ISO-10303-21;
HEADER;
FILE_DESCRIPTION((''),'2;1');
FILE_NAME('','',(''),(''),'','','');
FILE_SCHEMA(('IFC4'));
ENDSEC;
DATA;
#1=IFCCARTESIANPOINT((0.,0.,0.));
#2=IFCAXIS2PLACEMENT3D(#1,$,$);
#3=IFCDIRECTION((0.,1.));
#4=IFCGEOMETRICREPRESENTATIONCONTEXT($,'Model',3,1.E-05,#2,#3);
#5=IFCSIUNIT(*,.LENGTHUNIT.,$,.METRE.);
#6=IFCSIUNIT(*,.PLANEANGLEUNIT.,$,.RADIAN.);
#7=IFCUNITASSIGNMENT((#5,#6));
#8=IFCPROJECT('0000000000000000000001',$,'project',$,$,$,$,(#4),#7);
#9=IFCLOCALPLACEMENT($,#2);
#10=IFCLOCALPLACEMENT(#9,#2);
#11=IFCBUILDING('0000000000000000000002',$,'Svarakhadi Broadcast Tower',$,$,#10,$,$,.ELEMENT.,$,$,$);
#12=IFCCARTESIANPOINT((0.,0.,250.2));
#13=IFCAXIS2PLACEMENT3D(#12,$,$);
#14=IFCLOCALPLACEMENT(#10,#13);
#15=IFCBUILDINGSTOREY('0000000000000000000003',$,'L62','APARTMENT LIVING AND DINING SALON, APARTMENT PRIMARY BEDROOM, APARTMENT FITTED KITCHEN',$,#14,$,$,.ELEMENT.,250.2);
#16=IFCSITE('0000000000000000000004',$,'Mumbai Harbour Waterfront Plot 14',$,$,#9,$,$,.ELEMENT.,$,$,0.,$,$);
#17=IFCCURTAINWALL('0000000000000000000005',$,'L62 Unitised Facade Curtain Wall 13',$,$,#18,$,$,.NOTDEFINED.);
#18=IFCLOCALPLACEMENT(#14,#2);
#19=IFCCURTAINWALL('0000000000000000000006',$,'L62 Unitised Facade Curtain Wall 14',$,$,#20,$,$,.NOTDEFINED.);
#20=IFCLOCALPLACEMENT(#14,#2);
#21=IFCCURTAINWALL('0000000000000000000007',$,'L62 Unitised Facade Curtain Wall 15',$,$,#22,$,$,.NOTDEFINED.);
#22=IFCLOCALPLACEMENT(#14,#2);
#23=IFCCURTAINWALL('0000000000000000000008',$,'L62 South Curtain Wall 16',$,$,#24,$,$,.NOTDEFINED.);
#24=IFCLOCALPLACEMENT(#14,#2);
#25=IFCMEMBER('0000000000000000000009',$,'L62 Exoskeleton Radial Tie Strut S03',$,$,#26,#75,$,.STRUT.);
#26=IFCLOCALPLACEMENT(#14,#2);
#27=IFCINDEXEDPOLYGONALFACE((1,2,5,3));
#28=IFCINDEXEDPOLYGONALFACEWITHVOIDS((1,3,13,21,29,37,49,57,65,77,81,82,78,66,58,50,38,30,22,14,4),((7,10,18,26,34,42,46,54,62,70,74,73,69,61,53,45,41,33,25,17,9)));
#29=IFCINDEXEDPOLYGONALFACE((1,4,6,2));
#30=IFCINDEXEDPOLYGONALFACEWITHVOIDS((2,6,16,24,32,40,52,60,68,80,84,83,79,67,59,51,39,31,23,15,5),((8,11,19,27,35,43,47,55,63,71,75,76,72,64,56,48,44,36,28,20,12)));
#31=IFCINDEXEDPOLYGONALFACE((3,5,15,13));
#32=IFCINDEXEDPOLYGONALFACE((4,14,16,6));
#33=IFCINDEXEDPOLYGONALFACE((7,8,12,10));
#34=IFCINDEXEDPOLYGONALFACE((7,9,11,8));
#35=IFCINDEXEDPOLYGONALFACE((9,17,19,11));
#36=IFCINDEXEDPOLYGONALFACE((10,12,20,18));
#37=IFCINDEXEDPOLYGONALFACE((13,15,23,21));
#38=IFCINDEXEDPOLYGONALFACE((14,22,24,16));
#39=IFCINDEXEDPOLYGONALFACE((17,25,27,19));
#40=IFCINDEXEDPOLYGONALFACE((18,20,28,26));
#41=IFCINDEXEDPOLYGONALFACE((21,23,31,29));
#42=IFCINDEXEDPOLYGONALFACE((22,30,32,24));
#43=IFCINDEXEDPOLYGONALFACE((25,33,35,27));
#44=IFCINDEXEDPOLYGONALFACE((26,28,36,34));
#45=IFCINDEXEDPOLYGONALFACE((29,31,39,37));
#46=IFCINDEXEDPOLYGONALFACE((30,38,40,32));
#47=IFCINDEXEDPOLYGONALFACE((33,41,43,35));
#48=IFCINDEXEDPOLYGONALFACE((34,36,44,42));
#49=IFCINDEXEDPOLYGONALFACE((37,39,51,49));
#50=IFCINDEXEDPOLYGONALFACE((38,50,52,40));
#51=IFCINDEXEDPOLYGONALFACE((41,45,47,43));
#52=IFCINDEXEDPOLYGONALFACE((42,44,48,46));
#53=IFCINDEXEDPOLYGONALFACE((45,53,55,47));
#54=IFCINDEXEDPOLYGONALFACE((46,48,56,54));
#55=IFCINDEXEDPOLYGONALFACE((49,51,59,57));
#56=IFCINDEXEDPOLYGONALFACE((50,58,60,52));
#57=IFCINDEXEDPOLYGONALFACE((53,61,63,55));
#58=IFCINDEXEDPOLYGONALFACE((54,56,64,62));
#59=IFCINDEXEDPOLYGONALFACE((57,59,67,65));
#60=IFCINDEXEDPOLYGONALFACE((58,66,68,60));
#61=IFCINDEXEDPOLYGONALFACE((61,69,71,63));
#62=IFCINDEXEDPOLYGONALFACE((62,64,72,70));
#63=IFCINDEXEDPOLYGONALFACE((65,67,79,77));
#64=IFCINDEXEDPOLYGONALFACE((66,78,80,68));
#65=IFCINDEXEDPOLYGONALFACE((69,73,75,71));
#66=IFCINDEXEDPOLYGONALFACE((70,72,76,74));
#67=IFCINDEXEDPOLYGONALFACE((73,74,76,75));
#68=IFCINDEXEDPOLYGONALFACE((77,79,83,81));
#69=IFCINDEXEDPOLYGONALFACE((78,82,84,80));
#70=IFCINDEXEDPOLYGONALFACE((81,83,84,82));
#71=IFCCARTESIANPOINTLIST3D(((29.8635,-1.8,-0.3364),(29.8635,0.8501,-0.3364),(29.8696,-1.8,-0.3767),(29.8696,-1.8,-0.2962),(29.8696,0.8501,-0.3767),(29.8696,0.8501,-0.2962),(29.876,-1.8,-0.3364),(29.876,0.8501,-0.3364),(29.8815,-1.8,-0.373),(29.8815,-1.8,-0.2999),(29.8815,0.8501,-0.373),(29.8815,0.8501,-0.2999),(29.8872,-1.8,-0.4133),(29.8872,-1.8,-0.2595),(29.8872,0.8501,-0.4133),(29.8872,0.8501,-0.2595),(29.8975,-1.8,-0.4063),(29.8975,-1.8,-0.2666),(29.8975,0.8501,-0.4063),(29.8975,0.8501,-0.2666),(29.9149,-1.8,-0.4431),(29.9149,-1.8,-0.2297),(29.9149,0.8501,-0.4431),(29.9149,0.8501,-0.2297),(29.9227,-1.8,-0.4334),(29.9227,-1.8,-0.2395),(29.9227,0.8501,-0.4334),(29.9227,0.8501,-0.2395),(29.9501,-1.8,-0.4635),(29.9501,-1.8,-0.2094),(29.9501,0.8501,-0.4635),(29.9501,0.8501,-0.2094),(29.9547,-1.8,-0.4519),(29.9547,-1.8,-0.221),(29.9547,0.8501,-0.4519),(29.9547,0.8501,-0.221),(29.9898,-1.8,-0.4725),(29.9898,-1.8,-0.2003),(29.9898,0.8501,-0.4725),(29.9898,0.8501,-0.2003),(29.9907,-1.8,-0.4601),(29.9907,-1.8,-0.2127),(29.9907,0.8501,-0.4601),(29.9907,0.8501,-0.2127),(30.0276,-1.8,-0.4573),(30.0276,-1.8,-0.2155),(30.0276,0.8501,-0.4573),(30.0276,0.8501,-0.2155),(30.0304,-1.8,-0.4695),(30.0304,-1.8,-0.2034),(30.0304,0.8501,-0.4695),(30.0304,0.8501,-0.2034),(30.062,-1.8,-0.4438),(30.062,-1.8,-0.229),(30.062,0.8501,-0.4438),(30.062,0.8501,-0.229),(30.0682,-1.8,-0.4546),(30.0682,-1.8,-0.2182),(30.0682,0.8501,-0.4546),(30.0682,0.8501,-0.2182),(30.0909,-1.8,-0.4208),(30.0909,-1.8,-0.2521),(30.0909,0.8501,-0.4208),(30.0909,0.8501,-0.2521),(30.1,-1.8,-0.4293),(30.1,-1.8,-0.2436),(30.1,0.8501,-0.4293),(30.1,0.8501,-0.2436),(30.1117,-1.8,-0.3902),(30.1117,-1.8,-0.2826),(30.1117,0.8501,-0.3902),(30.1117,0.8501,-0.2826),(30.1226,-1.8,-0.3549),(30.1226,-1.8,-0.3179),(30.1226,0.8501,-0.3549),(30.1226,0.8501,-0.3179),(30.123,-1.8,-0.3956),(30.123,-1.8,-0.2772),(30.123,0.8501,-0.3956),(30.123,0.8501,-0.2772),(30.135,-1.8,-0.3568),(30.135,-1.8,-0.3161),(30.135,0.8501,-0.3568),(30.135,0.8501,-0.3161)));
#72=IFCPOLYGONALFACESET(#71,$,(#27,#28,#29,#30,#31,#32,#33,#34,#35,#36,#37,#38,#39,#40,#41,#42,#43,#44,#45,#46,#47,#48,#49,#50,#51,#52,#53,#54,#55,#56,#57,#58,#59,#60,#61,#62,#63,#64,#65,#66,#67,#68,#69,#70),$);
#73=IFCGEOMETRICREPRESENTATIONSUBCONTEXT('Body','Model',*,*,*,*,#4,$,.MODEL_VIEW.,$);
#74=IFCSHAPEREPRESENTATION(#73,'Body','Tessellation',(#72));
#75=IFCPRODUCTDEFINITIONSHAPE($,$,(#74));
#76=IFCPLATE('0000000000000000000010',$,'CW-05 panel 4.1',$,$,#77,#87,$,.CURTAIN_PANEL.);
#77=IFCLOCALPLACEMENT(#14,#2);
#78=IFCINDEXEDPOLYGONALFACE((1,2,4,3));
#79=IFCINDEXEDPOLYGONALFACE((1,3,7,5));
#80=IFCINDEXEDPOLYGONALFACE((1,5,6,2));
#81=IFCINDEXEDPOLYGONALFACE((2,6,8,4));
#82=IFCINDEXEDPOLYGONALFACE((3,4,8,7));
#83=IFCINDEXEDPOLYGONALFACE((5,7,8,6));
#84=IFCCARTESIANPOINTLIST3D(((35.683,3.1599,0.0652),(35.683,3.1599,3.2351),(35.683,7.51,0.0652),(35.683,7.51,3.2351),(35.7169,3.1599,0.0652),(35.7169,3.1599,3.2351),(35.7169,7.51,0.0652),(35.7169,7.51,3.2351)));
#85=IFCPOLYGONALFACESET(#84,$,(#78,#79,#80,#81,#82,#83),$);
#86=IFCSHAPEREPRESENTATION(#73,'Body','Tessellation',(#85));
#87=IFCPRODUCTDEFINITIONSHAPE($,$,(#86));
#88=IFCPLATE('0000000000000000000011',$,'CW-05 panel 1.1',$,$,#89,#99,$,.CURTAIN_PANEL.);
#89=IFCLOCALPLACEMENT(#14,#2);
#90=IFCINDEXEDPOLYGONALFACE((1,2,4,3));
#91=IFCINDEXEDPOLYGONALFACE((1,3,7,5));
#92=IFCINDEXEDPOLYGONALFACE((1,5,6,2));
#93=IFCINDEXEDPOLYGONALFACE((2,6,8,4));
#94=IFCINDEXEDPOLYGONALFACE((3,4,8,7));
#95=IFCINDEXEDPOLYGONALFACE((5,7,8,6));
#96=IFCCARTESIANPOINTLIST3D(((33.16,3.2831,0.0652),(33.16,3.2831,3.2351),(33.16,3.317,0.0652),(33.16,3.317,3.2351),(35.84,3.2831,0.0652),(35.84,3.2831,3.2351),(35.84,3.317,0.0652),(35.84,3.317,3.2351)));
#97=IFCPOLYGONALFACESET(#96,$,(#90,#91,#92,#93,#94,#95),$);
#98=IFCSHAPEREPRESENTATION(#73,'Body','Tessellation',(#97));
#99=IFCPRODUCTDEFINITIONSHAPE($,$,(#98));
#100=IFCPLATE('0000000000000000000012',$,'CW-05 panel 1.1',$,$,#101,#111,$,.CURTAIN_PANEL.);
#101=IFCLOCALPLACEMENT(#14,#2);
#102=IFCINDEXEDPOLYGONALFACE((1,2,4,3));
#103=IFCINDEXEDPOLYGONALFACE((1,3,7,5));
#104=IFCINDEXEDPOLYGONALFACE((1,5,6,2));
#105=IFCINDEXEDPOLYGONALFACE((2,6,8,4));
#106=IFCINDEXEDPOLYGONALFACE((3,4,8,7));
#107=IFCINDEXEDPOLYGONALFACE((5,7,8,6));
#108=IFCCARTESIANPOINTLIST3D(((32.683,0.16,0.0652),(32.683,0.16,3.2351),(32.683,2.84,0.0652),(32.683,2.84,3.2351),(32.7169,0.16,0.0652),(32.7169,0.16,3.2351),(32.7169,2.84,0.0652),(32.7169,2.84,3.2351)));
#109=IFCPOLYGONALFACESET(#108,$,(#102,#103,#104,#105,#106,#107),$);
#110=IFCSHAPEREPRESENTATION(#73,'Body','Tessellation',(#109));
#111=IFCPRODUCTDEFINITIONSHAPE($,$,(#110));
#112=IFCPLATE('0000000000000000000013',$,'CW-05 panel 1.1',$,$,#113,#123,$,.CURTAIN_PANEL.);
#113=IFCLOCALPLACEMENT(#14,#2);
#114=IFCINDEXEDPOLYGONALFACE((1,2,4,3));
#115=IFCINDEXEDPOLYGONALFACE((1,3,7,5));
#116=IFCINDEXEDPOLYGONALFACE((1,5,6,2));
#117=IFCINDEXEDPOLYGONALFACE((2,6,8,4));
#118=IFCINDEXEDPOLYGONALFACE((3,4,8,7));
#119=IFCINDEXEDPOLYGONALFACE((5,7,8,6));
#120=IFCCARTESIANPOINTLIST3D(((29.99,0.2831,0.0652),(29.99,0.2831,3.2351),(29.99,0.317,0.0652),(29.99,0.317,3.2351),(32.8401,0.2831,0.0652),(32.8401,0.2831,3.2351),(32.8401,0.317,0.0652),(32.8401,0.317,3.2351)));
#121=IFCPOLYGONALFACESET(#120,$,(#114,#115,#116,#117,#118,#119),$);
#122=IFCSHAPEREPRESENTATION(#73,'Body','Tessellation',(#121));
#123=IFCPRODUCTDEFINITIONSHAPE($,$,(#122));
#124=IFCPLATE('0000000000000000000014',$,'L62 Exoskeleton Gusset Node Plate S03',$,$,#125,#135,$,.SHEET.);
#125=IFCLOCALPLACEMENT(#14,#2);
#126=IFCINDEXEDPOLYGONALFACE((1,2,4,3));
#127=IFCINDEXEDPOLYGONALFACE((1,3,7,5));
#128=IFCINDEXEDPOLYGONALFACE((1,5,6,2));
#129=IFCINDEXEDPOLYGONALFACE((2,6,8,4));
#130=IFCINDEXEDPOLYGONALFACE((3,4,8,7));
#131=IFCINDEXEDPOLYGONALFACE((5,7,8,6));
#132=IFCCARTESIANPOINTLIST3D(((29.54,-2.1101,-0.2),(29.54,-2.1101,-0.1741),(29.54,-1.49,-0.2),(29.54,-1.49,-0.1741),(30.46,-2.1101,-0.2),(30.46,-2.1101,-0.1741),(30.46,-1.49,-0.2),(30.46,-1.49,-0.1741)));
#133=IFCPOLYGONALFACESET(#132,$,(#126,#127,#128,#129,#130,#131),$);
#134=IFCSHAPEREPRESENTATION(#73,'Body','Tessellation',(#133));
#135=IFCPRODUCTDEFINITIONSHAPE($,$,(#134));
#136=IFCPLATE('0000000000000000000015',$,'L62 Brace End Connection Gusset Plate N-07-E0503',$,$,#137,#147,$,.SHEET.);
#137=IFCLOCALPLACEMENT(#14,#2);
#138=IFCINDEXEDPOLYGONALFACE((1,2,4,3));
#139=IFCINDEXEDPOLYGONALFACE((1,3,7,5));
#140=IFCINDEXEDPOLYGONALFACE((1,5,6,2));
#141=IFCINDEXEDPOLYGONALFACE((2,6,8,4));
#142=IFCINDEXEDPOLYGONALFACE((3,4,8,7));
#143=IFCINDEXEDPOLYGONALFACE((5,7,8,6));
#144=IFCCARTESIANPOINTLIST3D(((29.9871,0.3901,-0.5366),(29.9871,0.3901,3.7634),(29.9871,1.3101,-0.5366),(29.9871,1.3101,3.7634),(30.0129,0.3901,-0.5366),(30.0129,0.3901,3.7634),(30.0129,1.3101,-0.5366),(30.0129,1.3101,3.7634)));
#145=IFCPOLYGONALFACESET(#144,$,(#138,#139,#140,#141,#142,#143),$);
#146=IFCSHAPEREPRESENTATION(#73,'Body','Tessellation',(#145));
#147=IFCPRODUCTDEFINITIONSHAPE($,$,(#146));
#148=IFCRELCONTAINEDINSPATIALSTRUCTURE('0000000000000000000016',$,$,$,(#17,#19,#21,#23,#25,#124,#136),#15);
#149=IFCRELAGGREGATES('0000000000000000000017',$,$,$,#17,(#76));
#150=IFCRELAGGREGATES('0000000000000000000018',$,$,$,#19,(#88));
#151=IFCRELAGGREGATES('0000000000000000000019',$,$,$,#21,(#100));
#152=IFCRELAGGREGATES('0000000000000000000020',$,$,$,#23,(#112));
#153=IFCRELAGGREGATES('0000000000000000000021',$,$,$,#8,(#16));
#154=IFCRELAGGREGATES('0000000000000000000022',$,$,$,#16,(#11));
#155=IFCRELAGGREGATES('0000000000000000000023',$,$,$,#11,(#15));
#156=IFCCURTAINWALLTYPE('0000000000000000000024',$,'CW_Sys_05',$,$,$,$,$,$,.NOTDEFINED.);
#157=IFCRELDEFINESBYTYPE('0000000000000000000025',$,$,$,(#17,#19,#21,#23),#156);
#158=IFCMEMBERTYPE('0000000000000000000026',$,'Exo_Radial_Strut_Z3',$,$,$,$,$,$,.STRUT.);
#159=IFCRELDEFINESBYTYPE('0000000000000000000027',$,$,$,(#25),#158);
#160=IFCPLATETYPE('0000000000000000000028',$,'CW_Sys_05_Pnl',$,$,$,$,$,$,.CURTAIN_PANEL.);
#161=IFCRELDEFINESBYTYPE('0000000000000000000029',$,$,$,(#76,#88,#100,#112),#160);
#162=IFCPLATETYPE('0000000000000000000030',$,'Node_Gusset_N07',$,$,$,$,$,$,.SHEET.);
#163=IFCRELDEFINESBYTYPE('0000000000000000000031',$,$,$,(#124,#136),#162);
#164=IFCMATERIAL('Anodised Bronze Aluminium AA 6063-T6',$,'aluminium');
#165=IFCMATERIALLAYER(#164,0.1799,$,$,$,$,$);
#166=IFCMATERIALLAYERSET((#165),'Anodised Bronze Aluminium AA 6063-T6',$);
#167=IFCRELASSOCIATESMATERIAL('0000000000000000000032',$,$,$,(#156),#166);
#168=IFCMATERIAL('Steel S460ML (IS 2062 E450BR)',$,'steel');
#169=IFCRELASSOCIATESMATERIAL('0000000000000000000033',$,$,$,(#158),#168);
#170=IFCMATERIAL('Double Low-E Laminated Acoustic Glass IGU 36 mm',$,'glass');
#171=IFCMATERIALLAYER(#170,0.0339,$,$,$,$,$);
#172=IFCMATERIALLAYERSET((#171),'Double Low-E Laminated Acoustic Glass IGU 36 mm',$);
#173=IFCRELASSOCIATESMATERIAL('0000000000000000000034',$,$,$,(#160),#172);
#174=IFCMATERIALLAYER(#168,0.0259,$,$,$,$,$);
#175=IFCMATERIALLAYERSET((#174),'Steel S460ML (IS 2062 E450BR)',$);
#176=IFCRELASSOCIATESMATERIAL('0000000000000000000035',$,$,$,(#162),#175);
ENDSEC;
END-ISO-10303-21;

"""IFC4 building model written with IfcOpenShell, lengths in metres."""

from ifc_helpers import new_model, si_unit, direction, frame, origin, origin_2d, place, context, subcontext, project, spatial, rectangle, hollow_circle, extrude, material, layer, layer_set, material_profile, profile_set, type_object, element, aggregate, save


model = new_model("IFC4")

# Units and contexts
model_context = context("Model", 3, precision=1e-05, world=origin(), true_north=direction((0.0, 1.0)))
body_context = subcontext(model_context, "Body", "Model", "MODEL_VIEW")
ifc_project = project(units=[si_unit("LENGTHUNIT", "METRE"), si_unit("PLANEANGLEUNIT", "RADIAN")], contexts=[model_context])

# Site, building, storey
site_placement = place(None, origin())
site = spatial("IfcSite", under=ifc_project, at=site_placement, Name="Mumbai Harbour Waterfront Plot 14", CompositionType="ELEMENT", RefElevation=0.0)
building_placement = place(site_placement, origin())
building = spatial("IfcBuilding", under=site, at=building_placement, Name="Svarakhadi Broadcast Tower", CompositionType="ELEMENT")
storey_placement = place(building_placement, frame((0.0, 0.0, 250.2)))
storey = spatial("IfcBuildingStorey", under=building, at=storey_placement, Name="L62", Description="APARTMENT LIVING AND DINING SALON, APARTMENT PRIMARY BEDROOM, APARTMENT FITTED KITCHEN", CompositionType="ELEMENT", Elevation=250.2)

# Shared definitions
ifc_material_1 = material(Name="Steel S460ML (IS 2062 E450BR)", Category="steel")

# Curtain wall
ifc_material_2 = material(Name="Anodised Bronze Aluminium AA 6063-T6", Category="aluminium")
ifc_layer_1 = layer(ifc_material_2, 0.1799)
ifc_layer_set_1 = layer_set([ifc_layer_1], Name="Anodised Bronze Aluminium AA 6063-T6")
curtain_wall_type = type_object("IfcCurtainWallType", Name="CW_Sys_05", PredefinedType="NOTDEFINED", material=ifc_layer_set_1)
curtain_wall_1_placement = place(storey_placement, origin())
curtain_wall_1 = element("IfcCurtainWall", 1, at=curtain_wall_1_placement, inside=storey, type_object=curtain_wall_type, Name="L62 Unitised Facade Curtain Wall 13", PredefinedType="NOTDEFINED")

# Curtain walls
curtain_wall_2_placement = place(storey_placement, origin())
curtain_wall_2 = element("IfcCurtainWall", 2, at=curtain_wall_2_placement, inside=storey, type_object=curtain_wall_type, Name="L62 Unitised Facade Curtain Wall 14", PredefinedType="NOTDEFINED")
curtain_wall_3_placement = place(storey_placement, origin())
curtain_wall_3 = element("IfcCurtainWall", 3, at=curtain_wall_3_placement, inside=storey, type_object=curtain_wall_type, Name="L62 Unitised Facade Curtain Wall 15", PredefinedType="NOTDEFINED")
curtain_wall_4_placement = place(storey_placement, origin())
curtain_wall_4 = element("IfcCurtainWall", 4, at=curtain_wall_4_placement, inside=storey, type_object=curtain_wall_type, Name="L62 South Curtain Wall 16", PredefinedType="NOTDEFINED")

# Member
ifc_material_profile_1 = material_profile(ifc_material_1, hollow_circle(Radius=0.1365, WallThickness=0.0125, at=origin_2d()), Name="CHS 273x12.5")
ifc_profile_set_1 = profile_set([ifc_material_profile_1], Name="Steel S460ML (IS 2062 E450BR)")
member_type_1 = type_object("IfcMemberType", Name="Exo_Radial_Strut_Z3", PredefinedType="STRUT", material=ifc_profile_set_1)
member_1_placement = place(storey_placement, frame((30.0, -1.8, -0.3364), z_axis=(0.0, 1.0, 0.0), x_axis=(-1.0, 0.0, 0.0)))
element("IfcMember", 5, at=member_1_placement, inside=storey, type_object=member_type_1, Name="L62 Exoskeleton Radial Tie Strut S03", PredefinedType="STRUT", context=body_context, shape_type="SweptSolid", body=[
    extrude(hollow_circle(Radius=0.1365, WallThickness=0.0125, at=origin_2d()), origin(), (0.0, 0.0, 1.0), 2.6501),
])

# Plates
ifc_material_3 = material(Name="Double Low-E Laminated Acoustic Glass IGU 36 mm", Category="glass")
ifc_layer_2 = layer(ifc_material_3, 0.0339)
ifc_layer_set_2 = layer_set([ifc_layer_2], Name="Double Low-E Laminated Acoustic Glass IGU 36 mm")
plate_type_1 = type_object("IfcPlateType", Name="CW_Sys_05_Pnl", PredefinedType="CURTAIN_PANEL", material=ifc_layer_set_2)
plate_1_placement = place(storey_placement, frame((35.7, 5.335, 0.0652), z_axis=(0.0, 0.0, 1.0), x_axis=(0.0, -1.0, 0.0)))
plate_1 = element("IfcPlate", 6, at=plate_1_placement, type_object=plate_type_1, Name="CW-05 panel 4.1", PredefinedType="CURTAIN_PANEL", context=body_context, shape_type="SweptSolid", body=[
    extrude(rectangle(XDim=4.3501, YDim=0.0339, at=origin_2d()), origin(), (0.0, 0.0, 1.0), 3.1699),
])
aggregate(curtain_wall_1, [plate_1])
plate_2_placement = place(storey_placement, frame((34.5, 3.3, 0.0652), z_axis=(0.0, 0.0, 1.0), x_axis=(-1.0, 0.0, 0.0)))
plate_2 = element("IfcPlate", 7, at=plate_2_placement, type_object=plate_type_1, Name="CW-05 panel 1.1", PredefinedType="CURTAIN_PANEL", context=body_context, shape_type="SweptSolid", body=[
    extrude(rectangle(XDim=2.6799, YDim=0.0339, at=origin_2d()), origin(), (0.0, 0.0, 1.0), 3.1699),
])
aggregate(curtain_wall_2, [plate_2])
plate_3_placement = place(storey_placement, frame((32.7, 1.5, 0.0652), z_axis=(0.0, 0.0, 1.0), x_axis=(0.0, -1.0, 0.0)))
plate_3 = element("IfcPlate", 8, at=plate_3_placement, type_object=plate_type_1, Name="CW-05 panel 1.1", PredefinedType="CURTAIN_PANEL", context=body_context, shape_type="SweptSolid", body=[
    extrude(rectangle(XDim=2.6799, YDim=0.0339, at=origin_2d()), origin(), (0.0, 0.0, 1.0), 3.1699),
])
aggregate(curtain_wall_3, [plate_3])
plate_4_placement = place(storey_placement, frame((31.415, 0.3, 0.0652), z_axis=(0.0, 0.0, 1.0), x_axis=(-1.0, 0.0, 0.0)))
plate_4 = element("IfcPlate", 9, at=plate_4_placement, type_object=plate_type_1, Name="CW-05 panel 1.1", PredefinedType="CURTAIN_PANEL", context=body_context, shape_type="SweptSolid", body=[
    extrude(rectangle(XDim=2.8501, YDim=0.0339, at=origin_2d()), origin(), (0.0, 0.0, 1.0), 3.1699),
])
aggregate(curtain_wall_4, [plate_4])

# Plates
ifc_layer_3 = layer(ifc_material_1, 0.0259)
ifc_layer_set_3 = layer_set([ifc_layer_3], Name="Steel S460ML (IS 2062 E450BR)")
plate_type_2 = type_object("IfcPlateType", Name="Node_Gusset_N07", PredefinedType="SHEET", material=ifc_layer_set_3)
plate_5_placement = place(storey_placement, frame((30.0, -1.8, -0.2), z_axis=(0.0, 0.0, 1.0), x_axis=(1.0, 0.0, 0.0)))
element("IfcPlate", 10, at=plate_5_placement, inside=storey, type_object=plate_type_2, Name="L62 Exoskeleton Gusset Node Plate S03", PredefinedType="SHEET", context=body_context, shape_type="SweptSolid", body=[
    extrude(rectangle(XDim=0.9199, YDim=0.6201, at=origin_2d()), origin(), (0.0, 0.0, 1.0), 0.0259),
])
plate_6_placement = place(storey_placement, frame((30.0, 0.8501, -0.5366), z_axis=(0.0, 0.0, 1.0), x_axis=(0.0, 1.0, 0.0)))
element("IfcPlate", 11, at=plate_6_placement, inside=storey, type_object=plate_type_2, Name="L62 Brace End Connection Gusset Plate N-07-E0503", PredefinedType="SHEET", context=body_context, shape_type="SweptSolid", body=[
    extrude(rectangle(XDim=0.9199, YDim=0.0259, at=origin_2d()), origin(), (0.0, 0.0, 1.0), 4.3),
])

save(model, "model.ifc")
